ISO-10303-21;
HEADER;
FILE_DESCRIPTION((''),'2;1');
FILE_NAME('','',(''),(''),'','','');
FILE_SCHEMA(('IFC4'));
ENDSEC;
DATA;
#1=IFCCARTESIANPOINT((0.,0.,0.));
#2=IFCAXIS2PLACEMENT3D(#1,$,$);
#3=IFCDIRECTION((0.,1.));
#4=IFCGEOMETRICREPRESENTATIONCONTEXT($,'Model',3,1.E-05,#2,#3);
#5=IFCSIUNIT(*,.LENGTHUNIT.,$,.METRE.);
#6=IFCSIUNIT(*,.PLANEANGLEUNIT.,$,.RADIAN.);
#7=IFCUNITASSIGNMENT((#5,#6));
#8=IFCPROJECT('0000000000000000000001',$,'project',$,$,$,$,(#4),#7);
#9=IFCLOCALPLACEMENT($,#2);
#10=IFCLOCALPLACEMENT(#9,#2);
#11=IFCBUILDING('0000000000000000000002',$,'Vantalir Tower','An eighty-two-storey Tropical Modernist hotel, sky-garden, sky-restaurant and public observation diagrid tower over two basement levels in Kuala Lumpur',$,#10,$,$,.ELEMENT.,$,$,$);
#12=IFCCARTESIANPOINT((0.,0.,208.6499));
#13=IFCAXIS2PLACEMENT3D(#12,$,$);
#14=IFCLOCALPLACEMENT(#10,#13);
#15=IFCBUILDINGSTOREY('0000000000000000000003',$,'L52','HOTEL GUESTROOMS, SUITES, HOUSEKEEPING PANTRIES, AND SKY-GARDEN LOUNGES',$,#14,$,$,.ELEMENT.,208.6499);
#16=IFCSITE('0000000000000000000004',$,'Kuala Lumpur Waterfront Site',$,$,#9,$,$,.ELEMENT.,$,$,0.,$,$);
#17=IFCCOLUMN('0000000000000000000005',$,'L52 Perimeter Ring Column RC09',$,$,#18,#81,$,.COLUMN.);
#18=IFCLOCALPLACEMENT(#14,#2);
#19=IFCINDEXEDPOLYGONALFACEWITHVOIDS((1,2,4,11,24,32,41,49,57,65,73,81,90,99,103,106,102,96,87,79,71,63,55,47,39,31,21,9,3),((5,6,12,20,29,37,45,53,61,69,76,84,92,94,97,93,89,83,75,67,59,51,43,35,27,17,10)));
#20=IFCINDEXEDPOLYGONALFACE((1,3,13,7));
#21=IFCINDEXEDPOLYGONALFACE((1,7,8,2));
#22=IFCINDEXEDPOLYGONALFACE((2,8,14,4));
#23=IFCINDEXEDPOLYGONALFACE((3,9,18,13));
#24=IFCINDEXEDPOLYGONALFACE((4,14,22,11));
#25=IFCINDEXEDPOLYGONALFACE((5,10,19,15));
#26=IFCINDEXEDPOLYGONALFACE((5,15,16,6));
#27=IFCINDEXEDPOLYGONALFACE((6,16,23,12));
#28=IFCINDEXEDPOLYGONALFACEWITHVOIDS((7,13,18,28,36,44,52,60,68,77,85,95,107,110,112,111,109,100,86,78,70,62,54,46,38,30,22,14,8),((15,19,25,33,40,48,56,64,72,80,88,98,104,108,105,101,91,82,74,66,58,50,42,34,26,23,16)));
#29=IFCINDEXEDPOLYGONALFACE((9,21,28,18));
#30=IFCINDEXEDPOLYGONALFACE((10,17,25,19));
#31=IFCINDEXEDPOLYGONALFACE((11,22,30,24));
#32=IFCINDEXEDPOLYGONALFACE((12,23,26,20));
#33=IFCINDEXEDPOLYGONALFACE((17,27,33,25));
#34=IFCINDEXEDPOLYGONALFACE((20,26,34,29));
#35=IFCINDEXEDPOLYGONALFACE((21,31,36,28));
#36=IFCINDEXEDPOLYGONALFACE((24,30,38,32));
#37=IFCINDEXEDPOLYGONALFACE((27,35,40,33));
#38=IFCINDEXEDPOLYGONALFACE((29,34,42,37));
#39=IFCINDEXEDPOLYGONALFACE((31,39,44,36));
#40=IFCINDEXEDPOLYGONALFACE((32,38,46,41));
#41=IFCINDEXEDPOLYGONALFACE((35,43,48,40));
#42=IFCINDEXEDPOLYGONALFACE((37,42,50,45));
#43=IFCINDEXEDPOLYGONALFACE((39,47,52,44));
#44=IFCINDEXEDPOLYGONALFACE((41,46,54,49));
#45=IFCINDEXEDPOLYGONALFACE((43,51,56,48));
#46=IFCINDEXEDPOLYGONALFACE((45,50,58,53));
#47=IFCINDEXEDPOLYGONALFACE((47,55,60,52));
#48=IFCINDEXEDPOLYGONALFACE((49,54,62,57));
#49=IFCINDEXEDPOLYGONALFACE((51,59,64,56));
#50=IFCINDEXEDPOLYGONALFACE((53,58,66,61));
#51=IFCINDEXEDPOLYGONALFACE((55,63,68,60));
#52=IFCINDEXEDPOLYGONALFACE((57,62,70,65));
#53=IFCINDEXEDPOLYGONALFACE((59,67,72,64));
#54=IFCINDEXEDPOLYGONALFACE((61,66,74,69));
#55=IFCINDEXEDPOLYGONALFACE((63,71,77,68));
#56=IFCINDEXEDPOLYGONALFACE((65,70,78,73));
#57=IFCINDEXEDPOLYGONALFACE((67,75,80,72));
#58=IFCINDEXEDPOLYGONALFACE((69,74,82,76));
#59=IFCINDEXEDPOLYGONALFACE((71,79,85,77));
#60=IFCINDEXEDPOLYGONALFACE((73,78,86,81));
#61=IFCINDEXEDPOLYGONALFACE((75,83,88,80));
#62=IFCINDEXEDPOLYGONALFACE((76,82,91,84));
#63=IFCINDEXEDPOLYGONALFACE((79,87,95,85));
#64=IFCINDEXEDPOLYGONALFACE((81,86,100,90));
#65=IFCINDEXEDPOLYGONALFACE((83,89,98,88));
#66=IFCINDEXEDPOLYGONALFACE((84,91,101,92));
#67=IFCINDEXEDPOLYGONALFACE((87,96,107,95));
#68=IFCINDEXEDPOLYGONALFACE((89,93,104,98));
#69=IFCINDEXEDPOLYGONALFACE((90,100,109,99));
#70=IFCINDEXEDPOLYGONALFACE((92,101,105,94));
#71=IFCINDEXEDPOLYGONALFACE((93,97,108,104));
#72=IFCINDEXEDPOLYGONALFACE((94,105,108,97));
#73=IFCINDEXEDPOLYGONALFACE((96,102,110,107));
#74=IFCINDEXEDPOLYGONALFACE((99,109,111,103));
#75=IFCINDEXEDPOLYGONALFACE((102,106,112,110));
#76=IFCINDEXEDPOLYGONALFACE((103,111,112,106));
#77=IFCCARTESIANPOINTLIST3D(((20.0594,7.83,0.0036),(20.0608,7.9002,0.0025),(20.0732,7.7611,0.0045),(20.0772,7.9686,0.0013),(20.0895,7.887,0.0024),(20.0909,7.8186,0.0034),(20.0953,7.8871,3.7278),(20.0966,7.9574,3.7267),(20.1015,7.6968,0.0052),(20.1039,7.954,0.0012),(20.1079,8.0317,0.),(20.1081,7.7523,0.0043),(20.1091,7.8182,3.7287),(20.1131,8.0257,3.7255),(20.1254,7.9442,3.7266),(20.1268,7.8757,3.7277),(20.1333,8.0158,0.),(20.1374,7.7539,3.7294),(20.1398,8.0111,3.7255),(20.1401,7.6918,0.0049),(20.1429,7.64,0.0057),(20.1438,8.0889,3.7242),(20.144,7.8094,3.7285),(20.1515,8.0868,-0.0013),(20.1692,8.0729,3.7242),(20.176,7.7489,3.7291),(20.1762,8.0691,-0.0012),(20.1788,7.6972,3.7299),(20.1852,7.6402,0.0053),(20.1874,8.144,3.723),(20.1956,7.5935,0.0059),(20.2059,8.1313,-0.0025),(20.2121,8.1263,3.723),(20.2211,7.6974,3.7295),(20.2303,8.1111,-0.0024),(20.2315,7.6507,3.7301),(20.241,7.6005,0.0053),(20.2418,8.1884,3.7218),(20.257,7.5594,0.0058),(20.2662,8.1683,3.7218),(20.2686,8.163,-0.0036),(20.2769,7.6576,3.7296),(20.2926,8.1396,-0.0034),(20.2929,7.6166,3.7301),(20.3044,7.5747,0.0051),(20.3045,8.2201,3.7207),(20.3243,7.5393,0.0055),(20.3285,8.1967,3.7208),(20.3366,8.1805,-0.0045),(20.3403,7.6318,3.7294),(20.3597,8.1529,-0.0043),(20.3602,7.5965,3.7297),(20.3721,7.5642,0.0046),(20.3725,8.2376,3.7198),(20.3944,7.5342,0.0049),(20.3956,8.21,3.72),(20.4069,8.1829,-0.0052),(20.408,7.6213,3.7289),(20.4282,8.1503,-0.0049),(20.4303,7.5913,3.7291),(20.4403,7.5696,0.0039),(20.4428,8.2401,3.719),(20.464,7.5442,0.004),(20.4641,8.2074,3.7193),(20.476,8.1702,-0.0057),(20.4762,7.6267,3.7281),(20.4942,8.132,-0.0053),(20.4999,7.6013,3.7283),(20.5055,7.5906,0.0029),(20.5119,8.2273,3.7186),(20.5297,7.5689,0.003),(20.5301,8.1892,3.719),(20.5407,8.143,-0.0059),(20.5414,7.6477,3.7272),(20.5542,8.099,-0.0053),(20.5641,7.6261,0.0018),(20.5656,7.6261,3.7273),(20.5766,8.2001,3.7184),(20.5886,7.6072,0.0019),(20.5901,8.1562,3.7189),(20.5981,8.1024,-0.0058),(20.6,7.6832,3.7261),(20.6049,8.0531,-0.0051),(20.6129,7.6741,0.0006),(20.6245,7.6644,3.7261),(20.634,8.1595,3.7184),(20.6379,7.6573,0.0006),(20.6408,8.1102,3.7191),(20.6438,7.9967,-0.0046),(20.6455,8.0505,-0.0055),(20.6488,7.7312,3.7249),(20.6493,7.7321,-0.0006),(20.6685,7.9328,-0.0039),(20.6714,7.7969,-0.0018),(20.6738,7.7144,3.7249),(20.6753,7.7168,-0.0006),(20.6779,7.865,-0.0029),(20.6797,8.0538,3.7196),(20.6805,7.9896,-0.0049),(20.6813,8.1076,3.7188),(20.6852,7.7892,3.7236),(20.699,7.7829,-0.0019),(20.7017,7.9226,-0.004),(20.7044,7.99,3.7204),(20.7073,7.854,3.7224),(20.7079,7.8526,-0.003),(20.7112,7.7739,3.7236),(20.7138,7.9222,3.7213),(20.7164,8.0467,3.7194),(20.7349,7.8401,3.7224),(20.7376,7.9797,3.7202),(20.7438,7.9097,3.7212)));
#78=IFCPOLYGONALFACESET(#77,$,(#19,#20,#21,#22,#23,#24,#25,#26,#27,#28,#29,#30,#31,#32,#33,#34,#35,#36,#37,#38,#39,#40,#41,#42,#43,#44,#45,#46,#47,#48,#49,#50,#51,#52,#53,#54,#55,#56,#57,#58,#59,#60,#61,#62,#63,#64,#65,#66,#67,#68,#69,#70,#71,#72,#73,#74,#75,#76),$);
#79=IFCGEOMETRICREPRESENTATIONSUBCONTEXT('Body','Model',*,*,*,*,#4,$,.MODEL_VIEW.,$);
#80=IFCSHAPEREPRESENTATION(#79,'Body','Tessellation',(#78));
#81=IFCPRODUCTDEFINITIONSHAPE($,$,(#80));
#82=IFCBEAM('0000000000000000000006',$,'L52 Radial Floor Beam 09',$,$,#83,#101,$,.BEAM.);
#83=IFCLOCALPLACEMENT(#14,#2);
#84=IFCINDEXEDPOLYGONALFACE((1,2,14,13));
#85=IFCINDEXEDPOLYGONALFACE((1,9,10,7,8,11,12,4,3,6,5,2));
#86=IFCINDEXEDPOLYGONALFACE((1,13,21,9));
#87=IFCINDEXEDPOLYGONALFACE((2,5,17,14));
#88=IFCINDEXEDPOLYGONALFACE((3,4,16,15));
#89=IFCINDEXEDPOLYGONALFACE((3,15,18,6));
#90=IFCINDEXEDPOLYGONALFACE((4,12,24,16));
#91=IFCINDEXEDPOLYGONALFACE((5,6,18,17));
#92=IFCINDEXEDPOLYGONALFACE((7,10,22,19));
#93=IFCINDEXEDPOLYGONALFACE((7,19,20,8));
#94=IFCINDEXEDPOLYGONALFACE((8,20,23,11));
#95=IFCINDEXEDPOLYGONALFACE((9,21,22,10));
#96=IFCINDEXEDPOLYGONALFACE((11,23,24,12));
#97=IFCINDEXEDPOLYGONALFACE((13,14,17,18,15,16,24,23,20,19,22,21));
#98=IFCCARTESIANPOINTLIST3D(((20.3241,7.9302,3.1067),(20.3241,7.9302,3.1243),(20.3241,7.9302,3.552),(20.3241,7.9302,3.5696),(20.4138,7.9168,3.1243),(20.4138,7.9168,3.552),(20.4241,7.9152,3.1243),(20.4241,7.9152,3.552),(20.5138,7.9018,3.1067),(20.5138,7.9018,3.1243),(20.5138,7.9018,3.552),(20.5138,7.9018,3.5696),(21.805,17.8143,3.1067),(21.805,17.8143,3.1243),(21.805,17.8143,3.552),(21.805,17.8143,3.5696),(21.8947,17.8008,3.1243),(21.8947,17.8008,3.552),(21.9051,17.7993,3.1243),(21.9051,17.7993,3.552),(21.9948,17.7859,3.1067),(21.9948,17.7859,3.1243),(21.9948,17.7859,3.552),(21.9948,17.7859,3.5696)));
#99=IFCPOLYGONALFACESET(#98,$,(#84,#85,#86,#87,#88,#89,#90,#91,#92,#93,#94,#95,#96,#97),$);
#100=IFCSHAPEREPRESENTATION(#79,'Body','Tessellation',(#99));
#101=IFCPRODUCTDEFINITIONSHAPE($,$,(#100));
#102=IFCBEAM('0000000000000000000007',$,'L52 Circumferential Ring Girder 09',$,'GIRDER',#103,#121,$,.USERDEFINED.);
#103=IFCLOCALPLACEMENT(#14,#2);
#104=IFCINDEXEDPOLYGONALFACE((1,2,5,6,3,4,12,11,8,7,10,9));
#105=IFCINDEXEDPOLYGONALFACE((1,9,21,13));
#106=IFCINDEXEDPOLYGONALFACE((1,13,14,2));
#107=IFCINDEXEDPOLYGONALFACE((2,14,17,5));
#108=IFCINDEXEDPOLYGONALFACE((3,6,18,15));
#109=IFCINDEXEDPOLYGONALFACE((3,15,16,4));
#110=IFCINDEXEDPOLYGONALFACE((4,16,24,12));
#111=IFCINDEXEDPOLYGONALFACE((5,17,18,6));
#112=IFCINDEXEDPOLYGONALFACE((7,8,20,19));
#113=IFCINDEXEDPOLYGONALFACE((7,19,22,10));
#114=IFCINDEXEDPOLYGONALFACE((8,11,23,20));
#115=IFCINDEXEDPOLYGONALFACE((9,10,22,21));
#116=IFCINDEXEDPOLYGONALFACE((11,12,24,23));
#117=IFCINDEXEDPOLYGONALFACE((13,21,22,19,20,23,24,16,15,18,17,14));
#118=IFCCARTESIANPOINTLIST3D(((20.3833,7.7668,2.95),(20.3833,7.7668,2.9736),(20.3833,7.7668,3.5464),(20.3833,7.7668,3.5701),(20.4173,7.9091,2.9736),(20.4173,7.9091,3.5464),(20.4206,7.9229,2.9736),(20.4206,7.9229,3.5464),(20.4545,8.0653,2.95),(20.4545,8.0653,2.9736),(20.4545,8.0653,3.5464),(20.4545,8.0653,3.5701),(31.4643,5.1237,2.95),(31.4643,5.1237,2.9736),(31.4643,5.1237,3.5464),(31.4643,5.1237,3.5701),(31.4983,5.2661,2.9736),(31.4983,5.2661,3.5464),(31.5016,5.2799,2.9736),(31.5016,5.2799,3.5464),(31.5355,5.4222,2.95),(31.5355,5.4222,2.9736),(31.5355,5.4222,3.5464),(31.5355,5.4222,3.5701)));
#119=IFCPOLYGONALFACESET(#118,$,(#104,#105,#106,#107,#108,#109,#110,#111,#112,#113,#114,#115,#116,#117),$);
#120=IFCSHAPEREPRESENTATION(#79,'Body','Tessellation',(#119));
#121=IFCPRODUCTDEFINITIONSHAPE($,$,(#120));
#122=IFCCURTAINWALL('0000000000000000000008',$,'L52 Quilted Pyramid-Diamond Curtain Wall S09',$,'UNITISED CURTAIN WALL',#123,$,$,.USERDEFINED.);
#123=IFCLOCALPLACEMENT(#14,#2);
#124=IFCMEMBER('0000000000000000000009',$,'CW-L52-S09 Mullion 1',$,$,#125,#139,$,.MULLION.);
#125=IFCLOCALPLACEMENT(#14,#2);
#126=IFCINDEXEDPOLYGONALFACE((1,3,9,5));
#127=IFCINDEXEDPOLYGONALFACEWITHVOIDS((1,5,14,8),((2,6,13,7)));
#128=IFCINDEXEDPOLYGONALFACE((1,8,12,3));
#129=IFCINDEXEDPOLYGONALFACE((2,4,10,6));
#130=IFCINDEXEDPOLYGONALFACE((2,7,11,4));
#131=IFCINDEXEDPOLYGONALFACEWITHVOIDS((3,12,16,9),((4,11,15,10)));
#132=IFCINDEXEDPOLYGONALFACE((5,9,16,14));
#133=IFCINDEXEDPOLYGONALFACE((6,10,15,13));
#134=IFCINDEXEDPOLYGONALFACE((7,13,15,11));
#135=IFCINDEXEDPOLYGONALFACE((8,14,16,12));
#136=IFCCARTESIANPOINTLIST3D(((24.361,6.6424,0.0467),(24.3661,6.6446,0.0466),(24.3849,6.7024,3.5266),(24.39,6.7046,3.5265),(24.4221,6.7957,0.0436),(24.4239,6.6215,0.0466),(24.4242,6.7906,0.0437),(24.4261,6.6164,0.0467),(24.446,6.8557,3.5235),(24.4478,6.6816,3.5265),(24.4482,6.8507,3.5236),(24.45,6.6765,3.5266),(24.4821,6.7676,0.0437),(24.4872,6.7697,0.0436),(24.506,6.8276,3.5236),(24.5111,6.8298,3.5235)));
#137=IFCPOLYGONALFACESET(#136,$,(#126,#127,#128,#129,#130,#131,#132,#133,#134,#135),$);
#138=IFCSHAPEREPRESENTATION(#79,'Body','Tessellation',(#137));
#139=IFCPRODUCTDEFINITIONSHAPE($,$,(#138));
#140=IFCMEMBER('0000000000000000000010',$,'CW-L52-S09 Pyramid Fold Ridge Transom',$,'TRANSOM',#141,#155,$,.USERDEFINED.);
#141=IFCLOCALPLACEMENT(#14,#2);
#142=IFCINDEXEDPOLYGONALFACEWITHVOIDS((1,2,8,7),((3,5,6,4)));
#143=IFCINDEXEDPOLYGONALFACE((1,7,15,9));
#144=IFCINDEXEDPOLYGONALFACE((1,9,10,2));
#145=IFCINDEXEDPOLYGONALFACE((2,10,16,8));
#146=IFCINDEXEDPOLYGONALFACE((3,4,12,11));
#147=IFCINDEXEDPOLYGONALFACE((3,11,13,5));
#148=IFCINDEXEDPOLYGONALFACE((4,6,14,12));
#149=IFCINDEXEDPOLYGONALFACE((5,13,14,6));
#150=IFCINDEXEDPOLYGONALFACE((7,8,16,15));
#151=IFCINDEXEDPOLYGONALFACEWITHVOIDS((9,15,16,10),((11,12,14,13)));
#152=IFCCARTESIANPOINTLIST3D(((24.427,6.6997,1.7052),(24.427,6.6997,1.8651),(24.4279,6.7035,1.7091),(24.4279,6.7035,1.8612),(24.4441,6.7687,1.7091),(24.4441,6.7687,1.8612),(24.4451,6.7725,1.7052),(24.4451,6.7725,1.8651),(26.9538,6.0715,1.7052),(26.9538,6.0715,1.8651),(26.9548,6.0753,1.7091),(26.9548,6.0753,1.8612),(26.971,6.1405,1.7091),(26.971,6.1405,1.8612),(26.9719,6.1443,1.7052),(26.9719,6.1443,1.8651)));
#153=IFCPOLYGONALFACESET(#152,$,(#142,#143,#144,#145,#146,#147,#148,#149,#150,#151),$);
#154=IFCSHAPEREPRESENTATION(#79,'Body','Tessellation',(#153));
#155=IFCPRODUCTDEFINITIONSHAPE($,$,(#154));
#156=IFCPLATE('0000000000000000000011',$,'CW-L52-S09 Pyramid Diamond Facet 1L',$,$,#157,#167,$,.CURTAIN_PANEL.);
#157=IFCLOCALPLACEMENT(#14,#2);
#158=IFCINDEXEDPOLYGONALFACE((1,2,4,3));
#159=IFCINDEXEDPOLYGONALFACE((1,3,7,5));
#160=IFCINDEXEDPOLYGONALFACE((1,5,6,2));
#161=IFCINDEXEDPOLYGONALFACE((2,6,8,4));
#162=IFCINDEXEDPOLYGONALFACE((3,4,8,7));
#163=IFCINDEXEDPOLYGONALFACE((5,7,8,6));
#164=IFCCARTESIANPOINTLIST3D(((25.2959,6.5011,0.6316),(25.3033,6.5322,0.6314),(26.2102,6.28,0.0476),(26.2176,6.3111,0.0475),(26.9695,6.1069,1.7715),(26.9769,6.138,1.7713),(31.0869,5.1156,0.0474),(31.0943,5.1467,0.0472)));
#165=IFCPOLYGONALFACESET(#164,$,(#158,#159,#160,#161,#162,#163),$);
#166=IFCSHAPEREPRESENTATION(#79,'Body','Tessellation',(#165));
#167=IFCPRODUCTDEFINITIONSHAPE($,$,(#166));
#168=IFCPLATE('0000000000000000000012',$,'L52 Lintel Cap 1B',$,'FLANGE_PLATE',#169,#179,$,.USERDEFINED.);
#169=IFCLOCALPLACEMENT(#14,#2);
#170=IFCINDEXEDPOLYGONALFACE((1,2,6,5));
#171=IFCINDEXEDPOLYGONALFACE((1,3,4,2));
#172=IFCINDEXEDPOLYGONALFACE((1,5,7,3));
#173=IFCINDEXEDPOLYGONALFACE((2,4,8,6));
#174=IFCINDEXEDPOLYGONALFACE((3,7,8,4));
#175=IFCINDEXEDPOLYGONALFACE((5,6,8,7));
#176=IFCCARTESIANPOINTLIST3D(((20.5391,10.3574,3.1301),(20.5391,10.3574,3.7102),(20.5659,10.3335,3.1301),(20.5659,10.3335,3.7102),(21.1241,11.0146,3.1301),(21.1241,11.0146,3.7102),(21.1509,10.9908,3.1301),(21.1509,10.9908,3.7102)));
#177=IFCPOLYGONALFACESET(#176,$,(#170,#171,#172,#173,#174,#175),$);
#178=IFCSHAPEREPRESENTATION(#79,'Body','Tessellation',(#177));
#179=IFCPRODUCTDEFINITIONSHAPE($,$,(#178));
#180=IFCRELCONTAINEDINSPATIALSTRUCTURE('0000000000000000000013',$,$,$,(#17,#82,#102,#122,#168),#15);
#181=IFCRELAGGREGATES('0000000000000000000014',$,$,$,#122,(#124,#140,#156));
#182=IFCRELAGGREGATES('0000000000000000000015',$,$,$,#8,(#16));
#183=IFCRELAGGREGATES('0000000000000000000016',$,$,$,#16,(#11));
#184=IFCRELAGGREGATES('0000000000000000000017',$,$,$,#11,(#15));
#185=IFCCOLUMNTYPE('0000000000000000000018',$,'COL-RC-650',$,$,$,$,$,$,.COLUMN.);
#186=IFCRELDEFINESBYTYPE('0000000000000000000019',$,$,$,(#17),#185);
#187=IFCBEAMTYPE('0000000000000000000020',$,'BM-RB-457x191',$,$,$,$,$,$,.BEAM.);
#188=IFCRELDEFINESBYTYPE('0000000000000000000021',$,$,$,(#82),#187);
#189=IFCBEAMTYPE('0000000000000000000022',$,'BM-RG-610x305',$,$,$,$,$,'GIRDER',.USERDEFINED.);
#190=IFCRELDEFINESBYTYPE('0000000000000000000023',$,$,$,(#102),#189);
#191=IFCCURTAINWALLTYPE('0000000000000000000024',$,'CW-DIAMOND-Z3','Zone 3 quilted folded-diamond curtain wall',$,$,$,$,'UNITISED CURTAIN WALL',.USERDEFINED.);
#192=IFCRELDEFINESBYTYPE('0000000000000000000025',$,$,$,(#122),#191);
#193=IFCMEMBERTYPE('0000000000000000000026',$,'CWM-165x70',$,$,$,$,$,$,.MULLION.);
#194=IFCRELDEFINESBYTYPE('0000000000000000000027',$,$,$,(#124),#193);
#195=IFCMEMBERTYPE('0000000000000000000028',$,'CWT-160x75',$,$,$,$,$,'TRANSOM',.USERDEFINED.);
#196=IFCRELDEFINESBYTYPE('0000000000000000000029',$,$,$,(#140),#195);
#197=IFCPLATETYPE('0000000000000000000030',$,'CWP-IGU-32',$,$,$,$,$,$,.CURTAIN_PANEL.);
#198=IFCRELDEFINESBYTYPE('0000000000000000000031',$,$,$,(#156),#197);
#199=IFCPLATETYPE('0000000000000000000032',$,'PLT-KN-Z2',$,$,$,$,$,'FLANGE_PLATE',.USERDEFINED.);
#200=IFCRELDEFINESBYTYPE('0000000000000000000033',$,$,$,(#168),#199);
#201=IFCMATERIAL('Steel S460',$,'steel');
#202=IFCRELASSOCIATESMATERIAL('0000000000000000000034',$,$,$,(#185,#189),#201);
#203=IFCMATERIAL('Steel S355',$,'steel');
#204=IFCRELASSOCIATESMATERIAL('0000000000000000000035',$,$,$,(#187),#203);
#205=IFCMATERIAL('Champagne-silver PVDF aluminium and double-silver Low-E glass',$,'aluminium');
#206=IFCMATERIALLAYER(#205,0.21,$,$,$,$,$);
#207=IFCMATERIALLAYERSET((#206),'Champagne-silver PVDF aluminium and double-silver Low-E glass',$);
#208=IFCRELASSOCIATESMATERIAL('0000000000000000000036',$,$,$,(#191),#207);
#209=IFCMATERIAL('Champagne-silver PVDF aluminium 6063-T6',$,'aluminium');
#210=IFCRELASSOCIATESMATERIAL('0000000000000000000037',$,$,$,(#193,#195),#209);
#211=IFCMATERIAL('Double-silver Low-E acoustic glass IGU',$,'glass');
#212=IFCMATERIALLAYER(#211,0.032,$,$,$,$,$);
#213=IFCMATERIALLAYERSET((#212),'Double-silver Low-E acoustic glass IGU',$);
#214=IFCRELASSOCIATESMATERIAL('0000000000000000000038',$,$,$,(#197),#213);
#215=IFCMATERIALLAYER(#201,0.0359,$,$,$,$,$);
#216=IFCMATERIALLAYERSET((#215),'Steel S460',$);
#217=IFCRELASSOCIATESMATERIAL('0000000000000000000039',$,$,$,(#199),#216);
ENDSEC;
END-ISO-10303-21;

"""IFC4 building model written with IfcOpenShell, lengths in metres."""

from ifc_helpers import new_model, si_unit, direction, frame, origin, origin_2d, place, context, subcontext, project, spatial, polyline, rectangle, hollow_rectangle, hollow_circle, i_section, outline, extrude, material, layer, layer_set, material_profile, profile_set, type_object, element, aggregate, save


model = new_model("IFC4")

# Units and contexts
model_context = context("Model", 3, precision=1e-05, world=origin(), true_north=direction((0.0, 1.0)))
body_context = subcontext(model_context, "Body", "Model", "MODEL_VIEW")
ifc_project = project(units=[si_unit("LENGTHUNIT", "METRE"), si_unit("PLANEANGLEUNIT", "RADIAN")], contexts=[model_context])

# Site, building, storey
site_placement = place(None, origin())
site = spatial("IfcSite", under=ifc_project, at=site_placement, Name="Kuala Lumpur Waterfront Site", CompositionType="ELEMENT", RefElevation=0.0)
building_placement = place(site_placement, origin())
building = spatial("IfcBuilding", under=site, at=building_placement, Name="Vantalir Tower", Description="An eighty-two-storey Tropical Modernist hotel, sky-garden, sky-restaurant and public observation diagrid tower over two basement levels in Kuala Lumpur", CompositionType="ELEMENT")
storey_placement = place(building_placement, frame((0.0, 0.0, 208.6499)))
storey = spatial("IfcBuildingStorey", under=building, at=storey_placement, Name="L52", Description="HOTEL GUESTROOMS, SUITES, HOUSEKEEPING PANTRIES, AND SKY-GARDEN LOUNGES", CompositionType="ELEMENT", Elevation=208.6499)

# Column
ifc_material_1 = material(Name="Steel S460", Category="steel")
ifc_material_profile_1 = material_profile(ifc_material_1, hollow_circle(Radius=0.325, WallThickness=0.03, at=origin_2d()), Name="Steel S460")
ifc_profile_set_1 = profile_set([ifc_material_profile_1], Name="Steel S460")
column_type = type_object("IfcColumnType", Name="COL-RC-650", PredefinedType="COLUMN", material=ifc_profile_set_1)
column_placement = place(storey_placement, frame((20.3831, 7.8589, 0.0), z_axis=(0.009635, 0.015338, 0.999836), x_axis=(-0.846776, 0.531949, 0.0)))
element("IfcColumn", 1, at=column_placement, inside=storey, type_object=column_type, Name="L52 Perimeter Ring Column RC09", PredefinedType="COLUMN", context=body_context, shape_type="SweptSolid", body=[
    extrude(hollow_circle(Radius=0.325, WallThickness=0.03, at=origin_2d()), origin(), (0.0, 0.0, 1.0), 3.7249),
])

# Beams
ifc_material_2 = material(Name="Steel S355", Category="steel")
ifc_material_profile_2 = material_profile(ifc_material_2, i_section(OverallWidth=0.1919, OverallDepth=0.4629, WebThickness=0.0105, FlangeThickness=0.0176, at=origin_2d()), Name="Steel S355")
ifc_profile_set_2 = profile_set([ifc_material_profile_2], Name="Steel S355")
beam_type_1 = type_object("IfcBeamType", Name="BM-RB-457x191", PredefinedType="BEAM", material=ifc_profile_set_2)
beam_1_placement = place(storey_placement, frame((20.4189, 7.916, 3.3381), z_axis=(0.148179, 0.988961, 0.0), x_axis=(-0.988961, 0.148179, 0.0)))
element("IfcBeam", 2, at=beam_1_placement, inside=storey, type_object=beam_type_1, Name="L52 Radial Floor Beam 09", PredefinedType="BEAM", context=body_context, shape_type="SweptSolid", body=[
    extrude(i_section(OverallWidth=0.1919, OverallDepth=0.4629, WebThickness=0.0105, FlangeThickness=0.0176, at=origin_2d()), origin(), (0.0, 0.0, 1.0), 9.9944),
])
ifc_material_profile_3 = material_profile(ifc_material_1, i_section(OverallWidth=0.3069, OverallDepth=0.6201, WebThickness=0.0142, FlangeThickness=0.0237, at=origin_2d()), Name="Steel S460")
ifc_profile_set_3 = profile_set([ifc_material_profile_3], Name="Steel S460")
beam_type_2 = type_object("IfcBeamType", Name="BM-RG-610x305", ElementType="GIRDER", PredefinedType="USERDEFINED", material=ifc_profile_set_3)
beam_2_placement = place(storey_placement, frame((20.4189, 7.916, 3.26), z_axis=(0.972713, -0.232013, 0.0), x_axis=(0.232013, 0.972713, 0.0)))
element("IfcBeam", 3, at=beam_2_placement, inside=storey, type_object=beam_type_2, Name="L52 Circumferential Ring Girder 09", ObjectType="GIRDER", PredefinedType="USERDEFINED", context=body_context, shape_type="SweptSolid", body=[
    extrude(i_section(OverallWidth=0.3069, OverallDepth=0.6201, WebThickness=0.0142, FlangeThickness=0.0237, at=origin_2d()), origin(), (0.0, 0.0, 1.0), 11.3918),
])

# Curtain wall, members, plate
ifc_material_3 = material(Name="Champagne-silver PVDF aluminium and double-silver Low-E glass", Category="aluminium")
ifc_layer_1 = layer(ifc_material_3, 0.21)
ifc_layer_set_1 = layer_set([ifc_layer_1], Name="Champagne-silver PVDF aluminium and double-silver Low-E glass")
curtain_wall_type = type_object("IfcCurtainWallType", Name="CW-DIAMOND-Z3", Description="Zone 3 quilted folded-diamond curtain wall", ElementType="UNITISED CURTAIN WALL", PredefinedType="USERDEFINED", material=ifc_layer_set_1)
curtain_wall_placement = place(storey_placement, origin())
curtain_wall = element("IfcCurtainWall", 4, at=curtain_wall_placement, inside=storey, type_object=curtain_wall_type, Name="L52 Quilted Pyramid-Diamond Curtain Wall S09", ObjectType="UNITISED CURTAIN WALL", PredefinedType="USERDEFINED")
ifc_material_4 = material(Name="Champagne-silver PVDF aluminium 6063-T6", Category="aluminium")
ifc_material_profile_4 = material_profile(ifc_material_4, hollow_rectangle(XDim=0.0701, YDim=0.165, WallThickness=0.0039, at=origin_2d()), Name="Champagne-silver PVDF aluminium 6063-T6")
ifc_profile_set_4 = profile_set([ifc_material_profile_4], Name="Champagne-silver PVDF aluminium 6063-T6")
member_type_1 = type_object("IfcMemberType", Name="CWM-165x70", PredefinedType="MULLION", material=ifc_profile_set_4)
member_1_placement = place(storey_placement, frame((24.4241, 6.7061, 0.0452), z_axis=(0.006874, 0.017255, 0.999827), x_axis=(-0.928997, 0.370088, 0.0)))
member_1 = element("IfcMember", 5, at=member_1_placement, type_object=member_type_1, Name="CW-L52-S09 Mullion 1", PredefinedType="MULLION", context=body_context, shape_type="SweptSolid", body=[
    extrude(hollow_rectangle(XDim=0.0701, YDim=0.165, WallThickness=0.0039, at=origin_2d()), origin(), (0.0, 0.0, 1.0), 3.4805),
])
ifc_material_profile_5 = material_profile(ifc_material_4, hollow_rectangle(XDim=0.075, YDim=0.1599, WallThickness=0.0039, at=origin_2d()), Name="Champagne-silver PVDF aluminium 6063-T6")
ifc_profile_set_5 = profile_set([ifc_material_profile_5], Name="Champagne-silver PVDF aluminium 6063-T6")
member_type_2 = type_object("IfcMemberType", Name="CWT-160x75", ElementType="TRANSOM", PredefinedType="USERDEFINED", material=ifc_profile_set_5)
member_2_placement = place(storey_placement, frame((24.436, 6.7361, 1.7852), z_axis=(0.970462, -0.241256, 0.0), x_axis=(0.241256, 0.970462, 0.0)))
member_2 = element("IfcMember", 6, at=member_2_placement, type_object=member_type_2, Name="CW-L52-S09 Pyramid Fold Ridge Transom", ObjectType="TRANSOM", PredefinedType="USERDEFINED", context=body_context, shape_type="SweptSolid", body=[
    extrude(hollow_rectangle(XDim=0.075, YDim=0.1599, WallThickness=0.0039, at=origin_2d()), origin(), (0.0, 0.0, 1.0), 2.6038),
])
ifc_material_5 = material(Name="Double-silver Low-E acoustic glass IGU", Category="glass")
ifc_layer_2 = layer(ifc_material_5, 0.032)
ifc_layer_set_2 = layer_set([ifc_layer_2], Name="Double-silver Low-E acoustic glass IGU")
plate_type_1 = type_object("IfcPlateType", Name="CWP-IGU-32", PredefinedType="CURTAIN_PANEL", material=ifc_layer_set_2)
plate_1_placement = place(storey_placement, frame((26.2102, 6.28, 0.0476), z_axis=(-0.232239, -0.972648, 0.004625), x_axis=(0.972658, -0.232242, -0.000049)))
plate_1 = element("IfcPlate", 7, at=plate_1_placement, type_object=plate_type_1, Name="CW-L52-S09 Pyramid Diamond Facet 1L", PredefinedType="CURTAIN_PANEL", context=body_context, shape_type="SweptSolid", body=[
    extrude(outline(polyline([(0.0, 0.0), (5.0138, 0.0), (0.7786, 1.7239), (-0.9407, 0.5839), (0.0, 0.0)])), origin(), (0.0, 0.0, -1.0), 0.032),
])
aggregate(curtain_wall, [member_1, member_2, plate_1])

# Plate
ifc_layer_3 = layer(ifc_material_1, 0.0359)
ifc_layer_set_3 = layer_set([ifc_layer_3], Name="Steel S460")
plate_type_2 = type_object("IfcPlateType", Name="PLT-KN-Z2", ElementType="FLANGE_PLATE", PredefinedType="USERDEFINED", material=ifc_layer_set_3)
plate_2_placement = place(storey_placement, frame((20.845, 10.6741, 3.1301), z_axis=(0.0, 0.0, 1.0), x_axis=(0.74694, -0.664891, 0.0)))
element("IfcPlate", 8, at=plate_2_placement, inside=storey, type_object=plate_type_2, Name="L52 Lintel Cap 1B", ObjectType="FLANGE_PLATE", PredefinedType="USERDEFINED", context=body_context, shape_type="SweptSolid", body=[
    extrude(rectangle(XDim=0.0359, YDim=0.8799, at=origin_2d()), origin(), (0.0, 0.0, 1.0), 0.5801),
])

save(model, "model.ifc")
